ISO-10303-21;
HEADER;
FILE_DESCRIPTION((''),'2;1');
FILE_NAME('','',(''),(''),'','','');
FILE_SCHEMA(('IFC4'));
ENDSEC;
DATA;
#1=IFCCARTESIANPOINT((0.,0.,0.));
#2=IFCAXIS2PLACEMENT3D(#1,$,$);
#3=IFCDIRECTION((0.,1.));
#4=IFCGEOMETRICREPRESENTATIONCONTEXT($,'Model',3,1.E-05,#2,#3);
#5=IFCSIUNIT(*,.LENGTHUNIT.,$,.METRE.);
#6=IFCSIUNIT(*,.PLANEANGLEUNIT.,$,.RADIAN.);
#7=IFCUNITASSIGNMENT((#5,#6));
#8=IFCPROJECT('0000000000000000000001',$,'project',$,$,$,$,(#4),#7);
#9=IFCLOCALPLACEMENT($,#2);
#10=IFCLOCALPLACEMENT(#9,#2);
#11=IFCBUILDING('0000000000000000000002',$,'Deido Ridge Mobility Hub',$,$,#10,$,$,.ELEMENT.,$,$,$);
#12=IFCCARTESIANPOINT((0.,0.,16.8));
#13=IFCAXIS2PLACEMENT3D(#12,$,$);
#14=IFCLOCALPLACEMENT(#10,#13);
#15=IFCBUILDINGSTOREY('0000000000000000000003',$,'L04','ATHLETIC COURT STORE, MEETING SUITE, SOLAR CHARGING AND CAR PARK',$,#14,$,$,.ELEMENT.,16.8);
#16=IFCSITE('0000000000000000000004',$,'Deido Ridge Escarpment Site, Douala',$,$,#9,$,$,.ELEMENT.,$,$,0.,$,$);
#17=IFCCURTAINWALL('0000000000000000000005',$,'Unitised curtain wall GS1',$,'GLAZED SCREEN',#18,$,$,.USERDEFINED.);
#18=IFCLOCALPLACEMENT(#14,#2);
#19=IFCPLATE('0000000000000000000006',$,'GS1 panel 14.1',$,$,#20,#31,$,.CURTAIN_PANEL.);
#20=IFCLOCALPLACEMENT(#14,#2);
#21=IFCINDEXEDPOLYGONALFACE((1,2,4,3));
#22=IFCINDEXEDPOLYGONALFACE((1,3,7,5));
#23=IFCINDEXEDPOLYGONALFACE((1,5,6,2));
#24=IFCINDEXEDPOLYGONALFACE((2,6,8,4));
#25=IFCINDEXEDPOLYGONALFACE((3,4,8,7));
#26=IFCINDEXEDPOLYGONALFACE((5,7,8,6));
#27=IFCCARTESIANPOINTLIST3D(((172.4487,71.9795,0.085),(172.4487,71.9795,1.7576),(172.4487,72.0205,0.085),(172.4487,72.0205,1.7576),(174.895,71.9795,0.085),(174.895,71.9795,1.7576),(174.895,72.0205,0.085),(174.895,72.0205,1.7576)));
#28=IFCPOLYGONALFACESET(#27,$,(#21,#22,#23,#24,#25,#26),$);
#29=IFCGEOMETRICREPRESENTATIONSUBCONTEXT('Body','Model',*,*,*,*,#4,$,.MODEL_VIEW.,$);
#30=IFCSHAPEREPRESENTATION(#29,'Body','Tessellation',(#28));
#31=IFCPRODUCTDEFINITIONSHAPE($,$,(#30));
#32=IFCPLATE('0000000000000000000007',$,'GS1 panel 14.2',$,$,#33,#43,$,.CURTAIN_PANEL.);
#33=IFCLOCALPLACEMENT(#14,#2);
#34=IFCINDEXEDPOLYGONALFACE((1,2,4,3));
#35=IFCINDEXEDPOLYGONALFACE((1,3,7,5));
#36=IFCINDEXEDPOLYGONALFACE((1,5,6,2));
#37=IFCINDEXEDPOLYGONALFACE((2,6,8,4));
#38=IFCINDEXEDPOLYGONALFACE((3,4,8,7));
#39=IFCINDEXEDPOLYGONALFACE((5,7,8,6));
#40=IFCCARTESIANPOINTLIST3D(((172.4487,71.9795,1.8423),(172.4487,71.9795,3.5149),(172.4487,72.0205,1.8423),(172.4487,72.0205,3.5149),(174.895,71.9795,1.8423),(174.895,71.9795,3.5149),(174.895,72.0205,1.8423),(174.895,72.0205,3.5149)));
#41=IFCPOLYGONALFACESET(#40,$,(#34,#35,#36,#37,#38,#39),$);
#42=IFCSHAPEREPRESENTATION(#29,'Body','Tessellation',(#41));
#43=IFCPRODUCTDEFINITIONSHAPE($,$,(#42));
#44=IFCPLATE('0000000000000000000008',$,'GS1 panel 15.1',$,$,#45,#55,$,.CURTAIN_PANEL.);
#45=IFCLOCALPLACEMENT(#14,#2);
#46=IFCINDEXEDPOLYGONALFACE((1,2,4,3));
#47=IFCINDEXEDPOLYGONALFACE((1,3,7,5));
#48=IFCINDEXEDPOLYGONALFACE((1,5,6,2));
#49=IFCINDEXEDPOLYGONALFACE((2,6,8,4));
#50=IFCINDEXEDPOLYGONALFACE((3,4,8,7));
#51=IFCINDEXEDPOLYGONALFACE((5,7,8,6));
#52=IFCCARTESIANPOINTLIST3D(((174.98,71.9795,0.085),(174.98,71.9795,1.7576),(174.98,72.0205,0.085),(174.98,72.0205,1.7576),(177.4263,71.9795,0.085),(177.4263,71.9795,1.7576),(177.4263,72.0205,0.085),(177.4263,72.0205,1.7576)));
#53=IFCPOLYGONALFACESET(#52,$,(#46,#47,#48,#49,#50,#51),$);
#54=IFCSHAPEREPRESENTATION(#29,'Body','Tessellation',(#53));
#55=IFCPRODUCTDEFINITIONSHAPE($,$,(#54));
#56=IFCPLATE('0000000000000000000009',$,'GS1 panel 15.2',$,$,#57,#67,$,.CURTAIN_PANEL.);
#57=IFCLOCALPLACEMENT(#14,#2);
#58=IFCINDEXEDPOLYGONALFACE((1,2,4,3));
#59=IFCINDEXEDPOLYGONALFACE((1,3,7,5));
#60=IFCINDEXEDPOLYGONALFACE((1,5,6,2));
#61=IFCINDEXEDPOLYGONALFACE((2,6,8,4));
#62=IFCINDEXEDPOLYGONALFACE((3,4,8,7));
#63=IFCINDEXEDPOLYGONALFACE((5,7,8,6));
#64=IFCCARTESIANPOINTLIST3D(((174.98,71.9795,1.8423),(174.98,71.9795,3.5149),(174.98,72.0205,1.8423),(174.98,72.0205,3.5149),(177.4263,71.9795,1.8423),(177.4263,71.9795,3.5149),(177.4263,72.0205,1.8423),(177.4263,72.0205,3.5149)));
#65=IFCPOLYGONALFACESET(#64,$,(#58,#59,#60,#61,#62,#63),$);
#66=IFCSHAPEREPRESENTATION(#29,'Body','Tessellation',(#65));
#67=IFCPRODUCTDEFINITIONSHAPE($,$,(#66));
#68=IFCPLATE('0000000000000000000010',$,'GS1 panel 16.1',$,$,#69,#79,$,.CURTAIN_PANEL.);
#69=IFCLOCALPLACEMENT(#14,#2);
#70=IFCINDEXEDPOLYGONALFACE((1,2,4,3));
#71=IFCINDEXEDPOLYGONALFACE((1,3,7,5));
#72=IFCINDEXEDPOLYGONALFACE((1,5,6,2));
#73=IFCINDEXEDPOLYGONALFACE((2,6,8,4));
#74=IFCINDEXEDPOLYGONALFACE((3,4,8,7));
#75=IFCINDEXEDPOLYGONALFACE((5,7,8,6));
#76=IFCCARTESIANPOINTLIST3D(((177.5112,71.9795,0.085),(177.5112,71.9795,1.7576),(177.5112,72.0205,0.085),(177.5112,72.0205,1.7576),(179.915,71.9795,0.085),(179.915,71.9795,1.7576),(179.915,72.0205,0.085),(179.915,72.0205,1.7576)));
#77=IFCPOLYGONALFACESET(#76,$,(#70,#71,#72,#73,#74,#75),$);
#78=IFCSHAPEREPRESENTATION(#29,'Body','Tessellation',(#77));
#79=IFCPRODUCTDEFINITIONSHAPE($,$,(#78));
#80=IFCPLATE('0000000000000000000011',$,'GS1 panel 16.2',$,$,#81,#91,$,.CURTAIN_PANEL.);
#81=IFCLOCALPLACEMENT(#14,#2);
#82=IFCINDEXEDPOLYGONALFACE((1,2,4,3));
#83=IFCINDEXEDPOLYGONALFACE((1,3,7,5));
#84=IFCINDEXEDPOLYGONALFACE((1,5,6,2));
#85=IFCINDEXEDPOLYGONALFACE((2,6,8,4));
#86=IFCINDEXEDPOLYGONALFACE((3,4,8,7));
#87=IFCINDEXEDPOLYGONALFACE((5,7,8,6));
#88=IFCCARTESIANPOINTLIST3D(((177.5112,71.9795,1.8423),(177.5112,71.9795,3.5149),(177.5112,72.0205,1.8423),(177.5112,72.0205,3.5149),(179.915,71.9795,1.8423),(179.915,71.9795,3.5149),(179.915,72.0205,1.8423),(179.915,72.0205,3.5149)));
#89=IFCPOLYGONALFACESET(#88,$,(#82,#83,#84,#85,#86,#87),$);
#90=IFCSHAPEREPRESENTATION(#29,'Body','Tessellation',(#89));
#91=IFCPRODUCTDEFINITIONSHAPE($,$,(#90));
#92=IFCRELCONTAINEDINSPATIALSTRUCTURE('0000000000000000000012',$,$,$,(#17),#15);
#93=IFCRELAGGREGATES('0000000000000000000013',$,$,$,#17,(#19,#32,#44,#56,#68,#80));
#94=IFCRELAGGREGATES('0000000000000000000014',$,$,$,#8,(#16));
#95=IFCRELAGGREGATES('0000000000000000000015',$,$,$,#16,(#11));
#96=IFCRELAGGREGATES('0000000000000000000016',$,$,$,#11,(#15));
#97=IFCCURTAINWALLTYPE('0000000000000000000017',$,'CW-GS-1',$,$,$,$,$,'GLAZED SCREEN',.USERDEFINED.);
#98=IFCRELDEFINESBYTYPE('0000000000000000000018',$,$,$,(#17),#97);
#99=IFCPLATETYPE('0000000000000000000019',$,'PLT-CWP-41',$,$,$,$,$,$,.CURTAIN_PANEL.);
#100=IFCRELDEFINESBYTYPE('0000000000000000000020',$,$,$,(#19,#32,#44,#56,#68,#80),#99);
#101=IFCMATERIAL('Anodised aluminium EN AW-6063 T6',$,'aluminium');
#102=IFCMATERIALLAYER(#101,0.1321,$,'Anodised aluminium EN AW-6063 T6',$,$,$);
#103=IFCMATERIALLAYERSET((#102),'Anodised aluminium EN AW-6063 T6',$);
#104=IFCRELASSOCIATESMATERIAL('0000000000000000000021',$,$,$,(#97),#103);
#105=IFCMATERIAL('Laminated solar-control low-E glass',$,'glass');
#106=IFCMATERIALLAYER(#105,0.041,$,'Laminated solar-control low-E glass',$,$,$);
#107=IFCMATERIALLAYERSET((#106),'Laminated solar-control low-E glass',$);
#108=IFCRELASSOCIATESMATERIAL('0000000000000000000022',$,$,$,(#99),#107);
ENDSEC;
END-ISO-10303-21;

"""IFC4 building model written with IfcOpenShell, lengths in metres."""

from ifc_helpers import new_model, si_unit, direction, frame, origin, origin_2d, place, context, subcontext, project, spatial, rectangle, extrude, material, layer, layer_set, type_object, element, aggregate, save


model = new_model("IFC4")

# Units and contexts
model_context = context("Model", 3, precision=1e-05, world=origin(), true_north=direction((0.0, 1.0)))
body_context = subcontext(model_context, "Body", "Model", "MODEL_VIEW")
ifc_project = project(units=[si_unit("LENGTHUNIT", "METRE"), si_unit("PLANEANGLEUNIT", "RADIAN")], contexts=[model_context])

# Site, building, storey
site_placement = place(None, origin())
site = spatial("IfcSite", under=ifc_project, at=site_placement, Name="Deido Ridge Escarpment Site, Douala", CompositionType="ELEMENT", RefElevation=0.0)
building_placement = place(site_placement, origin())
building = spatial("IfcBuilding", under=site, at=building_placement, Name="Deido Ridge Mobility Hub", CompositionType="ELEMENT")
storey_placement = place(building_placement, frame((0.0, 0.0, 16.8)))
storey = spatial("IfcBuildingStorey", under=building, at=storey_placement, Name="L04", Description="ATHLETIC COURT STORE, MEETING SUITE, SOLAR CHARGING AND CAR PARK", CompositionType="ELEMENT", Elevation=16.8)

# Curtain wall
ifc_material_1 = material(Name="Anodised aluminium EN AW-6063 T6", Category="aluminium")
ifc_layer_1 = layer(ifc_material_1, 0.1321, Name="Anodised aluminium EN AW-6063 T6")
ifc_layer_set_1 = layer_set([ifc_layer_1], Name="Anodised aluminium EN AW-6063 T6")
curtain_wall_type = type_object("IfcCurtainWallType", Name="CW-GS-1", ElementType="GLAZED SCREEN", PredefinedType="USERDEFINED", material=ifc_layer_set_1)
curtain_wall_placement = place(storey_placement, origin())
curtain_wall = element("IfcCurtainWall", 1, at=curtain_wall_placement, inside=storey, type_object=curtain_wall_type, Name="Unitised curtain wall GS1", ObjectType="GLAZED SCREEN", PredefinedType="USERDEFINED")

# Plates
ifc_material_2 = material(Name="Laminated solar-control low-E glass", Category="glass")
ifc_layer_2 = layer(ifc_material_2, 0.041, Name="Laminated solar-control low-E glass")
ifc_layer_set_2 = layer_set([ifc_layer_2], Name="Laminated solar-control low-E glass")
plate_type = type_object("IfcPlateType", Name="PLT-CWP-41", PredefinedType="CURTAIN_PANEL", material=ifc_layer_set_2)
plate_1_placement = place(storey_placement, frame((173.6719, 72.0, 0.085), z_axis=(0.0, 0.0, 1.0), x_axis=(1.0, 0.0, 0.0)))
plate_1 = element("IfcPlate", 2, at=plate_1_placement, type_object=plate_type, Name="GS1 panel 14.1", PredefinedType="CURTAIN_PANEL", context=body_context, shape_type="SweptSolid", body=[
    extrude(rectangle(XDim=2.4463, YDim=0.041, at=origin_2d()), origin(), (0.0, 0.0, 1.0), 1.6726),
])
plate_2_placement = place(storey_placement, frame((173.6719, 72.0, 1.8423), z_axis=(0.0, 0.0, 1.0), x_axis=(1.0, 0.0, 0.0)))
plate_2 = element("IfcPlate", 3, at=plate_2_placement, type_object=plate_type, Name="GS1 panel 14.2", PredefinedType="CURTAIN_PANEL", context=body_context, shape_type="SweptSolid", body=[
    extrude(rectangle(XDim=2.4463, YDim=0.041, at=origin_2d()), origin(), (0.0, 0.0, 1.0), 1.6726),
])
plate_3_placement = place(storey_placement, frame((176.2031, 72.0, 0.085), z_axis=(0.0, 0.0, 1.0), x_axis=(1.0, 0.0, 0.0)))
plate_3 = element("IfcPlate", 4, at=plate_3_placement, type_object=plate_type, Name="GS1 panel 15.1", PredefinedType="CURTAIN_PANEL", context=body_context, shape_type="SweptSolid", body=[
    extrude(rectangle(XDim=2.4463, YDim=0.041, at=origin_2d()), origin(), (0.0, 0.0, 1.0), 1.6726),
])
plate_4_placement = place(storey_placement, frame((176.2031, 72.0, 1.8423), z_axis=(0.0, 0.0, 1.0), x_axis=(1.0, 0.0, 0.0)))
plate_4 = element("IfcPlate", 5, at=plate_4_placement, type_object=plate_type, Name="GS1 panel 15.2", PredefinedType="CURTAIN_PANEL", context=body_context, shape_type="SweptSolid", body=[
    extrude(rectangle(XDim=2.4463, YDim=0.041, at=origin_2d()), origin(), (0.0, 0.0, 1.0), 1.6726),
])
plate_5_placement = place(storey_placement, frame((178.7131, 72.0, 0.085), z_axis=(0.0, 0.0, 1.0), x_axis=(1.0, 0.0, 0.0)))
plate_5 = element("IfcPlate", 6, at=plate_5_placement, type_object=plate_type, Name="GS1 panel 16.1", PredefinedType="CURTAIN_PANEL", context=body_context, shape_type="SweptSolid", body=[
    extrude(rectangle(XDim=2.4038, YDim=0.041, at=origin_2d()), origin(), (0.0, 0.0, 1.0), 1.6726),
])
plate_6_placement = place(storey_placement, frame((178.7131, 72.0, 1.8423), z_axis=(0.0, 0.0, 1.0), x_axis=(1.0, 0.0, 0.0)))
plate_6 = element("IfcPlate", 7, at=plate_6_placement, type_object=plate_type, Name="GS1 panel 16.2", PredefinedType="CURTAIN_PANEL", context=body_context, shape_type="SweptSolid", body=[
    extrude(rectangle(XDim=2.4038, YDim=0.041, at=origin_2d()), origin(), (0.0, 0.0, 1.0), 1.6726),
])
aggregate(curtain_wall, [plate_1, plate_2, plate_3, plate_4, plate_5, plate_6])

save(model, "model.ifc")
